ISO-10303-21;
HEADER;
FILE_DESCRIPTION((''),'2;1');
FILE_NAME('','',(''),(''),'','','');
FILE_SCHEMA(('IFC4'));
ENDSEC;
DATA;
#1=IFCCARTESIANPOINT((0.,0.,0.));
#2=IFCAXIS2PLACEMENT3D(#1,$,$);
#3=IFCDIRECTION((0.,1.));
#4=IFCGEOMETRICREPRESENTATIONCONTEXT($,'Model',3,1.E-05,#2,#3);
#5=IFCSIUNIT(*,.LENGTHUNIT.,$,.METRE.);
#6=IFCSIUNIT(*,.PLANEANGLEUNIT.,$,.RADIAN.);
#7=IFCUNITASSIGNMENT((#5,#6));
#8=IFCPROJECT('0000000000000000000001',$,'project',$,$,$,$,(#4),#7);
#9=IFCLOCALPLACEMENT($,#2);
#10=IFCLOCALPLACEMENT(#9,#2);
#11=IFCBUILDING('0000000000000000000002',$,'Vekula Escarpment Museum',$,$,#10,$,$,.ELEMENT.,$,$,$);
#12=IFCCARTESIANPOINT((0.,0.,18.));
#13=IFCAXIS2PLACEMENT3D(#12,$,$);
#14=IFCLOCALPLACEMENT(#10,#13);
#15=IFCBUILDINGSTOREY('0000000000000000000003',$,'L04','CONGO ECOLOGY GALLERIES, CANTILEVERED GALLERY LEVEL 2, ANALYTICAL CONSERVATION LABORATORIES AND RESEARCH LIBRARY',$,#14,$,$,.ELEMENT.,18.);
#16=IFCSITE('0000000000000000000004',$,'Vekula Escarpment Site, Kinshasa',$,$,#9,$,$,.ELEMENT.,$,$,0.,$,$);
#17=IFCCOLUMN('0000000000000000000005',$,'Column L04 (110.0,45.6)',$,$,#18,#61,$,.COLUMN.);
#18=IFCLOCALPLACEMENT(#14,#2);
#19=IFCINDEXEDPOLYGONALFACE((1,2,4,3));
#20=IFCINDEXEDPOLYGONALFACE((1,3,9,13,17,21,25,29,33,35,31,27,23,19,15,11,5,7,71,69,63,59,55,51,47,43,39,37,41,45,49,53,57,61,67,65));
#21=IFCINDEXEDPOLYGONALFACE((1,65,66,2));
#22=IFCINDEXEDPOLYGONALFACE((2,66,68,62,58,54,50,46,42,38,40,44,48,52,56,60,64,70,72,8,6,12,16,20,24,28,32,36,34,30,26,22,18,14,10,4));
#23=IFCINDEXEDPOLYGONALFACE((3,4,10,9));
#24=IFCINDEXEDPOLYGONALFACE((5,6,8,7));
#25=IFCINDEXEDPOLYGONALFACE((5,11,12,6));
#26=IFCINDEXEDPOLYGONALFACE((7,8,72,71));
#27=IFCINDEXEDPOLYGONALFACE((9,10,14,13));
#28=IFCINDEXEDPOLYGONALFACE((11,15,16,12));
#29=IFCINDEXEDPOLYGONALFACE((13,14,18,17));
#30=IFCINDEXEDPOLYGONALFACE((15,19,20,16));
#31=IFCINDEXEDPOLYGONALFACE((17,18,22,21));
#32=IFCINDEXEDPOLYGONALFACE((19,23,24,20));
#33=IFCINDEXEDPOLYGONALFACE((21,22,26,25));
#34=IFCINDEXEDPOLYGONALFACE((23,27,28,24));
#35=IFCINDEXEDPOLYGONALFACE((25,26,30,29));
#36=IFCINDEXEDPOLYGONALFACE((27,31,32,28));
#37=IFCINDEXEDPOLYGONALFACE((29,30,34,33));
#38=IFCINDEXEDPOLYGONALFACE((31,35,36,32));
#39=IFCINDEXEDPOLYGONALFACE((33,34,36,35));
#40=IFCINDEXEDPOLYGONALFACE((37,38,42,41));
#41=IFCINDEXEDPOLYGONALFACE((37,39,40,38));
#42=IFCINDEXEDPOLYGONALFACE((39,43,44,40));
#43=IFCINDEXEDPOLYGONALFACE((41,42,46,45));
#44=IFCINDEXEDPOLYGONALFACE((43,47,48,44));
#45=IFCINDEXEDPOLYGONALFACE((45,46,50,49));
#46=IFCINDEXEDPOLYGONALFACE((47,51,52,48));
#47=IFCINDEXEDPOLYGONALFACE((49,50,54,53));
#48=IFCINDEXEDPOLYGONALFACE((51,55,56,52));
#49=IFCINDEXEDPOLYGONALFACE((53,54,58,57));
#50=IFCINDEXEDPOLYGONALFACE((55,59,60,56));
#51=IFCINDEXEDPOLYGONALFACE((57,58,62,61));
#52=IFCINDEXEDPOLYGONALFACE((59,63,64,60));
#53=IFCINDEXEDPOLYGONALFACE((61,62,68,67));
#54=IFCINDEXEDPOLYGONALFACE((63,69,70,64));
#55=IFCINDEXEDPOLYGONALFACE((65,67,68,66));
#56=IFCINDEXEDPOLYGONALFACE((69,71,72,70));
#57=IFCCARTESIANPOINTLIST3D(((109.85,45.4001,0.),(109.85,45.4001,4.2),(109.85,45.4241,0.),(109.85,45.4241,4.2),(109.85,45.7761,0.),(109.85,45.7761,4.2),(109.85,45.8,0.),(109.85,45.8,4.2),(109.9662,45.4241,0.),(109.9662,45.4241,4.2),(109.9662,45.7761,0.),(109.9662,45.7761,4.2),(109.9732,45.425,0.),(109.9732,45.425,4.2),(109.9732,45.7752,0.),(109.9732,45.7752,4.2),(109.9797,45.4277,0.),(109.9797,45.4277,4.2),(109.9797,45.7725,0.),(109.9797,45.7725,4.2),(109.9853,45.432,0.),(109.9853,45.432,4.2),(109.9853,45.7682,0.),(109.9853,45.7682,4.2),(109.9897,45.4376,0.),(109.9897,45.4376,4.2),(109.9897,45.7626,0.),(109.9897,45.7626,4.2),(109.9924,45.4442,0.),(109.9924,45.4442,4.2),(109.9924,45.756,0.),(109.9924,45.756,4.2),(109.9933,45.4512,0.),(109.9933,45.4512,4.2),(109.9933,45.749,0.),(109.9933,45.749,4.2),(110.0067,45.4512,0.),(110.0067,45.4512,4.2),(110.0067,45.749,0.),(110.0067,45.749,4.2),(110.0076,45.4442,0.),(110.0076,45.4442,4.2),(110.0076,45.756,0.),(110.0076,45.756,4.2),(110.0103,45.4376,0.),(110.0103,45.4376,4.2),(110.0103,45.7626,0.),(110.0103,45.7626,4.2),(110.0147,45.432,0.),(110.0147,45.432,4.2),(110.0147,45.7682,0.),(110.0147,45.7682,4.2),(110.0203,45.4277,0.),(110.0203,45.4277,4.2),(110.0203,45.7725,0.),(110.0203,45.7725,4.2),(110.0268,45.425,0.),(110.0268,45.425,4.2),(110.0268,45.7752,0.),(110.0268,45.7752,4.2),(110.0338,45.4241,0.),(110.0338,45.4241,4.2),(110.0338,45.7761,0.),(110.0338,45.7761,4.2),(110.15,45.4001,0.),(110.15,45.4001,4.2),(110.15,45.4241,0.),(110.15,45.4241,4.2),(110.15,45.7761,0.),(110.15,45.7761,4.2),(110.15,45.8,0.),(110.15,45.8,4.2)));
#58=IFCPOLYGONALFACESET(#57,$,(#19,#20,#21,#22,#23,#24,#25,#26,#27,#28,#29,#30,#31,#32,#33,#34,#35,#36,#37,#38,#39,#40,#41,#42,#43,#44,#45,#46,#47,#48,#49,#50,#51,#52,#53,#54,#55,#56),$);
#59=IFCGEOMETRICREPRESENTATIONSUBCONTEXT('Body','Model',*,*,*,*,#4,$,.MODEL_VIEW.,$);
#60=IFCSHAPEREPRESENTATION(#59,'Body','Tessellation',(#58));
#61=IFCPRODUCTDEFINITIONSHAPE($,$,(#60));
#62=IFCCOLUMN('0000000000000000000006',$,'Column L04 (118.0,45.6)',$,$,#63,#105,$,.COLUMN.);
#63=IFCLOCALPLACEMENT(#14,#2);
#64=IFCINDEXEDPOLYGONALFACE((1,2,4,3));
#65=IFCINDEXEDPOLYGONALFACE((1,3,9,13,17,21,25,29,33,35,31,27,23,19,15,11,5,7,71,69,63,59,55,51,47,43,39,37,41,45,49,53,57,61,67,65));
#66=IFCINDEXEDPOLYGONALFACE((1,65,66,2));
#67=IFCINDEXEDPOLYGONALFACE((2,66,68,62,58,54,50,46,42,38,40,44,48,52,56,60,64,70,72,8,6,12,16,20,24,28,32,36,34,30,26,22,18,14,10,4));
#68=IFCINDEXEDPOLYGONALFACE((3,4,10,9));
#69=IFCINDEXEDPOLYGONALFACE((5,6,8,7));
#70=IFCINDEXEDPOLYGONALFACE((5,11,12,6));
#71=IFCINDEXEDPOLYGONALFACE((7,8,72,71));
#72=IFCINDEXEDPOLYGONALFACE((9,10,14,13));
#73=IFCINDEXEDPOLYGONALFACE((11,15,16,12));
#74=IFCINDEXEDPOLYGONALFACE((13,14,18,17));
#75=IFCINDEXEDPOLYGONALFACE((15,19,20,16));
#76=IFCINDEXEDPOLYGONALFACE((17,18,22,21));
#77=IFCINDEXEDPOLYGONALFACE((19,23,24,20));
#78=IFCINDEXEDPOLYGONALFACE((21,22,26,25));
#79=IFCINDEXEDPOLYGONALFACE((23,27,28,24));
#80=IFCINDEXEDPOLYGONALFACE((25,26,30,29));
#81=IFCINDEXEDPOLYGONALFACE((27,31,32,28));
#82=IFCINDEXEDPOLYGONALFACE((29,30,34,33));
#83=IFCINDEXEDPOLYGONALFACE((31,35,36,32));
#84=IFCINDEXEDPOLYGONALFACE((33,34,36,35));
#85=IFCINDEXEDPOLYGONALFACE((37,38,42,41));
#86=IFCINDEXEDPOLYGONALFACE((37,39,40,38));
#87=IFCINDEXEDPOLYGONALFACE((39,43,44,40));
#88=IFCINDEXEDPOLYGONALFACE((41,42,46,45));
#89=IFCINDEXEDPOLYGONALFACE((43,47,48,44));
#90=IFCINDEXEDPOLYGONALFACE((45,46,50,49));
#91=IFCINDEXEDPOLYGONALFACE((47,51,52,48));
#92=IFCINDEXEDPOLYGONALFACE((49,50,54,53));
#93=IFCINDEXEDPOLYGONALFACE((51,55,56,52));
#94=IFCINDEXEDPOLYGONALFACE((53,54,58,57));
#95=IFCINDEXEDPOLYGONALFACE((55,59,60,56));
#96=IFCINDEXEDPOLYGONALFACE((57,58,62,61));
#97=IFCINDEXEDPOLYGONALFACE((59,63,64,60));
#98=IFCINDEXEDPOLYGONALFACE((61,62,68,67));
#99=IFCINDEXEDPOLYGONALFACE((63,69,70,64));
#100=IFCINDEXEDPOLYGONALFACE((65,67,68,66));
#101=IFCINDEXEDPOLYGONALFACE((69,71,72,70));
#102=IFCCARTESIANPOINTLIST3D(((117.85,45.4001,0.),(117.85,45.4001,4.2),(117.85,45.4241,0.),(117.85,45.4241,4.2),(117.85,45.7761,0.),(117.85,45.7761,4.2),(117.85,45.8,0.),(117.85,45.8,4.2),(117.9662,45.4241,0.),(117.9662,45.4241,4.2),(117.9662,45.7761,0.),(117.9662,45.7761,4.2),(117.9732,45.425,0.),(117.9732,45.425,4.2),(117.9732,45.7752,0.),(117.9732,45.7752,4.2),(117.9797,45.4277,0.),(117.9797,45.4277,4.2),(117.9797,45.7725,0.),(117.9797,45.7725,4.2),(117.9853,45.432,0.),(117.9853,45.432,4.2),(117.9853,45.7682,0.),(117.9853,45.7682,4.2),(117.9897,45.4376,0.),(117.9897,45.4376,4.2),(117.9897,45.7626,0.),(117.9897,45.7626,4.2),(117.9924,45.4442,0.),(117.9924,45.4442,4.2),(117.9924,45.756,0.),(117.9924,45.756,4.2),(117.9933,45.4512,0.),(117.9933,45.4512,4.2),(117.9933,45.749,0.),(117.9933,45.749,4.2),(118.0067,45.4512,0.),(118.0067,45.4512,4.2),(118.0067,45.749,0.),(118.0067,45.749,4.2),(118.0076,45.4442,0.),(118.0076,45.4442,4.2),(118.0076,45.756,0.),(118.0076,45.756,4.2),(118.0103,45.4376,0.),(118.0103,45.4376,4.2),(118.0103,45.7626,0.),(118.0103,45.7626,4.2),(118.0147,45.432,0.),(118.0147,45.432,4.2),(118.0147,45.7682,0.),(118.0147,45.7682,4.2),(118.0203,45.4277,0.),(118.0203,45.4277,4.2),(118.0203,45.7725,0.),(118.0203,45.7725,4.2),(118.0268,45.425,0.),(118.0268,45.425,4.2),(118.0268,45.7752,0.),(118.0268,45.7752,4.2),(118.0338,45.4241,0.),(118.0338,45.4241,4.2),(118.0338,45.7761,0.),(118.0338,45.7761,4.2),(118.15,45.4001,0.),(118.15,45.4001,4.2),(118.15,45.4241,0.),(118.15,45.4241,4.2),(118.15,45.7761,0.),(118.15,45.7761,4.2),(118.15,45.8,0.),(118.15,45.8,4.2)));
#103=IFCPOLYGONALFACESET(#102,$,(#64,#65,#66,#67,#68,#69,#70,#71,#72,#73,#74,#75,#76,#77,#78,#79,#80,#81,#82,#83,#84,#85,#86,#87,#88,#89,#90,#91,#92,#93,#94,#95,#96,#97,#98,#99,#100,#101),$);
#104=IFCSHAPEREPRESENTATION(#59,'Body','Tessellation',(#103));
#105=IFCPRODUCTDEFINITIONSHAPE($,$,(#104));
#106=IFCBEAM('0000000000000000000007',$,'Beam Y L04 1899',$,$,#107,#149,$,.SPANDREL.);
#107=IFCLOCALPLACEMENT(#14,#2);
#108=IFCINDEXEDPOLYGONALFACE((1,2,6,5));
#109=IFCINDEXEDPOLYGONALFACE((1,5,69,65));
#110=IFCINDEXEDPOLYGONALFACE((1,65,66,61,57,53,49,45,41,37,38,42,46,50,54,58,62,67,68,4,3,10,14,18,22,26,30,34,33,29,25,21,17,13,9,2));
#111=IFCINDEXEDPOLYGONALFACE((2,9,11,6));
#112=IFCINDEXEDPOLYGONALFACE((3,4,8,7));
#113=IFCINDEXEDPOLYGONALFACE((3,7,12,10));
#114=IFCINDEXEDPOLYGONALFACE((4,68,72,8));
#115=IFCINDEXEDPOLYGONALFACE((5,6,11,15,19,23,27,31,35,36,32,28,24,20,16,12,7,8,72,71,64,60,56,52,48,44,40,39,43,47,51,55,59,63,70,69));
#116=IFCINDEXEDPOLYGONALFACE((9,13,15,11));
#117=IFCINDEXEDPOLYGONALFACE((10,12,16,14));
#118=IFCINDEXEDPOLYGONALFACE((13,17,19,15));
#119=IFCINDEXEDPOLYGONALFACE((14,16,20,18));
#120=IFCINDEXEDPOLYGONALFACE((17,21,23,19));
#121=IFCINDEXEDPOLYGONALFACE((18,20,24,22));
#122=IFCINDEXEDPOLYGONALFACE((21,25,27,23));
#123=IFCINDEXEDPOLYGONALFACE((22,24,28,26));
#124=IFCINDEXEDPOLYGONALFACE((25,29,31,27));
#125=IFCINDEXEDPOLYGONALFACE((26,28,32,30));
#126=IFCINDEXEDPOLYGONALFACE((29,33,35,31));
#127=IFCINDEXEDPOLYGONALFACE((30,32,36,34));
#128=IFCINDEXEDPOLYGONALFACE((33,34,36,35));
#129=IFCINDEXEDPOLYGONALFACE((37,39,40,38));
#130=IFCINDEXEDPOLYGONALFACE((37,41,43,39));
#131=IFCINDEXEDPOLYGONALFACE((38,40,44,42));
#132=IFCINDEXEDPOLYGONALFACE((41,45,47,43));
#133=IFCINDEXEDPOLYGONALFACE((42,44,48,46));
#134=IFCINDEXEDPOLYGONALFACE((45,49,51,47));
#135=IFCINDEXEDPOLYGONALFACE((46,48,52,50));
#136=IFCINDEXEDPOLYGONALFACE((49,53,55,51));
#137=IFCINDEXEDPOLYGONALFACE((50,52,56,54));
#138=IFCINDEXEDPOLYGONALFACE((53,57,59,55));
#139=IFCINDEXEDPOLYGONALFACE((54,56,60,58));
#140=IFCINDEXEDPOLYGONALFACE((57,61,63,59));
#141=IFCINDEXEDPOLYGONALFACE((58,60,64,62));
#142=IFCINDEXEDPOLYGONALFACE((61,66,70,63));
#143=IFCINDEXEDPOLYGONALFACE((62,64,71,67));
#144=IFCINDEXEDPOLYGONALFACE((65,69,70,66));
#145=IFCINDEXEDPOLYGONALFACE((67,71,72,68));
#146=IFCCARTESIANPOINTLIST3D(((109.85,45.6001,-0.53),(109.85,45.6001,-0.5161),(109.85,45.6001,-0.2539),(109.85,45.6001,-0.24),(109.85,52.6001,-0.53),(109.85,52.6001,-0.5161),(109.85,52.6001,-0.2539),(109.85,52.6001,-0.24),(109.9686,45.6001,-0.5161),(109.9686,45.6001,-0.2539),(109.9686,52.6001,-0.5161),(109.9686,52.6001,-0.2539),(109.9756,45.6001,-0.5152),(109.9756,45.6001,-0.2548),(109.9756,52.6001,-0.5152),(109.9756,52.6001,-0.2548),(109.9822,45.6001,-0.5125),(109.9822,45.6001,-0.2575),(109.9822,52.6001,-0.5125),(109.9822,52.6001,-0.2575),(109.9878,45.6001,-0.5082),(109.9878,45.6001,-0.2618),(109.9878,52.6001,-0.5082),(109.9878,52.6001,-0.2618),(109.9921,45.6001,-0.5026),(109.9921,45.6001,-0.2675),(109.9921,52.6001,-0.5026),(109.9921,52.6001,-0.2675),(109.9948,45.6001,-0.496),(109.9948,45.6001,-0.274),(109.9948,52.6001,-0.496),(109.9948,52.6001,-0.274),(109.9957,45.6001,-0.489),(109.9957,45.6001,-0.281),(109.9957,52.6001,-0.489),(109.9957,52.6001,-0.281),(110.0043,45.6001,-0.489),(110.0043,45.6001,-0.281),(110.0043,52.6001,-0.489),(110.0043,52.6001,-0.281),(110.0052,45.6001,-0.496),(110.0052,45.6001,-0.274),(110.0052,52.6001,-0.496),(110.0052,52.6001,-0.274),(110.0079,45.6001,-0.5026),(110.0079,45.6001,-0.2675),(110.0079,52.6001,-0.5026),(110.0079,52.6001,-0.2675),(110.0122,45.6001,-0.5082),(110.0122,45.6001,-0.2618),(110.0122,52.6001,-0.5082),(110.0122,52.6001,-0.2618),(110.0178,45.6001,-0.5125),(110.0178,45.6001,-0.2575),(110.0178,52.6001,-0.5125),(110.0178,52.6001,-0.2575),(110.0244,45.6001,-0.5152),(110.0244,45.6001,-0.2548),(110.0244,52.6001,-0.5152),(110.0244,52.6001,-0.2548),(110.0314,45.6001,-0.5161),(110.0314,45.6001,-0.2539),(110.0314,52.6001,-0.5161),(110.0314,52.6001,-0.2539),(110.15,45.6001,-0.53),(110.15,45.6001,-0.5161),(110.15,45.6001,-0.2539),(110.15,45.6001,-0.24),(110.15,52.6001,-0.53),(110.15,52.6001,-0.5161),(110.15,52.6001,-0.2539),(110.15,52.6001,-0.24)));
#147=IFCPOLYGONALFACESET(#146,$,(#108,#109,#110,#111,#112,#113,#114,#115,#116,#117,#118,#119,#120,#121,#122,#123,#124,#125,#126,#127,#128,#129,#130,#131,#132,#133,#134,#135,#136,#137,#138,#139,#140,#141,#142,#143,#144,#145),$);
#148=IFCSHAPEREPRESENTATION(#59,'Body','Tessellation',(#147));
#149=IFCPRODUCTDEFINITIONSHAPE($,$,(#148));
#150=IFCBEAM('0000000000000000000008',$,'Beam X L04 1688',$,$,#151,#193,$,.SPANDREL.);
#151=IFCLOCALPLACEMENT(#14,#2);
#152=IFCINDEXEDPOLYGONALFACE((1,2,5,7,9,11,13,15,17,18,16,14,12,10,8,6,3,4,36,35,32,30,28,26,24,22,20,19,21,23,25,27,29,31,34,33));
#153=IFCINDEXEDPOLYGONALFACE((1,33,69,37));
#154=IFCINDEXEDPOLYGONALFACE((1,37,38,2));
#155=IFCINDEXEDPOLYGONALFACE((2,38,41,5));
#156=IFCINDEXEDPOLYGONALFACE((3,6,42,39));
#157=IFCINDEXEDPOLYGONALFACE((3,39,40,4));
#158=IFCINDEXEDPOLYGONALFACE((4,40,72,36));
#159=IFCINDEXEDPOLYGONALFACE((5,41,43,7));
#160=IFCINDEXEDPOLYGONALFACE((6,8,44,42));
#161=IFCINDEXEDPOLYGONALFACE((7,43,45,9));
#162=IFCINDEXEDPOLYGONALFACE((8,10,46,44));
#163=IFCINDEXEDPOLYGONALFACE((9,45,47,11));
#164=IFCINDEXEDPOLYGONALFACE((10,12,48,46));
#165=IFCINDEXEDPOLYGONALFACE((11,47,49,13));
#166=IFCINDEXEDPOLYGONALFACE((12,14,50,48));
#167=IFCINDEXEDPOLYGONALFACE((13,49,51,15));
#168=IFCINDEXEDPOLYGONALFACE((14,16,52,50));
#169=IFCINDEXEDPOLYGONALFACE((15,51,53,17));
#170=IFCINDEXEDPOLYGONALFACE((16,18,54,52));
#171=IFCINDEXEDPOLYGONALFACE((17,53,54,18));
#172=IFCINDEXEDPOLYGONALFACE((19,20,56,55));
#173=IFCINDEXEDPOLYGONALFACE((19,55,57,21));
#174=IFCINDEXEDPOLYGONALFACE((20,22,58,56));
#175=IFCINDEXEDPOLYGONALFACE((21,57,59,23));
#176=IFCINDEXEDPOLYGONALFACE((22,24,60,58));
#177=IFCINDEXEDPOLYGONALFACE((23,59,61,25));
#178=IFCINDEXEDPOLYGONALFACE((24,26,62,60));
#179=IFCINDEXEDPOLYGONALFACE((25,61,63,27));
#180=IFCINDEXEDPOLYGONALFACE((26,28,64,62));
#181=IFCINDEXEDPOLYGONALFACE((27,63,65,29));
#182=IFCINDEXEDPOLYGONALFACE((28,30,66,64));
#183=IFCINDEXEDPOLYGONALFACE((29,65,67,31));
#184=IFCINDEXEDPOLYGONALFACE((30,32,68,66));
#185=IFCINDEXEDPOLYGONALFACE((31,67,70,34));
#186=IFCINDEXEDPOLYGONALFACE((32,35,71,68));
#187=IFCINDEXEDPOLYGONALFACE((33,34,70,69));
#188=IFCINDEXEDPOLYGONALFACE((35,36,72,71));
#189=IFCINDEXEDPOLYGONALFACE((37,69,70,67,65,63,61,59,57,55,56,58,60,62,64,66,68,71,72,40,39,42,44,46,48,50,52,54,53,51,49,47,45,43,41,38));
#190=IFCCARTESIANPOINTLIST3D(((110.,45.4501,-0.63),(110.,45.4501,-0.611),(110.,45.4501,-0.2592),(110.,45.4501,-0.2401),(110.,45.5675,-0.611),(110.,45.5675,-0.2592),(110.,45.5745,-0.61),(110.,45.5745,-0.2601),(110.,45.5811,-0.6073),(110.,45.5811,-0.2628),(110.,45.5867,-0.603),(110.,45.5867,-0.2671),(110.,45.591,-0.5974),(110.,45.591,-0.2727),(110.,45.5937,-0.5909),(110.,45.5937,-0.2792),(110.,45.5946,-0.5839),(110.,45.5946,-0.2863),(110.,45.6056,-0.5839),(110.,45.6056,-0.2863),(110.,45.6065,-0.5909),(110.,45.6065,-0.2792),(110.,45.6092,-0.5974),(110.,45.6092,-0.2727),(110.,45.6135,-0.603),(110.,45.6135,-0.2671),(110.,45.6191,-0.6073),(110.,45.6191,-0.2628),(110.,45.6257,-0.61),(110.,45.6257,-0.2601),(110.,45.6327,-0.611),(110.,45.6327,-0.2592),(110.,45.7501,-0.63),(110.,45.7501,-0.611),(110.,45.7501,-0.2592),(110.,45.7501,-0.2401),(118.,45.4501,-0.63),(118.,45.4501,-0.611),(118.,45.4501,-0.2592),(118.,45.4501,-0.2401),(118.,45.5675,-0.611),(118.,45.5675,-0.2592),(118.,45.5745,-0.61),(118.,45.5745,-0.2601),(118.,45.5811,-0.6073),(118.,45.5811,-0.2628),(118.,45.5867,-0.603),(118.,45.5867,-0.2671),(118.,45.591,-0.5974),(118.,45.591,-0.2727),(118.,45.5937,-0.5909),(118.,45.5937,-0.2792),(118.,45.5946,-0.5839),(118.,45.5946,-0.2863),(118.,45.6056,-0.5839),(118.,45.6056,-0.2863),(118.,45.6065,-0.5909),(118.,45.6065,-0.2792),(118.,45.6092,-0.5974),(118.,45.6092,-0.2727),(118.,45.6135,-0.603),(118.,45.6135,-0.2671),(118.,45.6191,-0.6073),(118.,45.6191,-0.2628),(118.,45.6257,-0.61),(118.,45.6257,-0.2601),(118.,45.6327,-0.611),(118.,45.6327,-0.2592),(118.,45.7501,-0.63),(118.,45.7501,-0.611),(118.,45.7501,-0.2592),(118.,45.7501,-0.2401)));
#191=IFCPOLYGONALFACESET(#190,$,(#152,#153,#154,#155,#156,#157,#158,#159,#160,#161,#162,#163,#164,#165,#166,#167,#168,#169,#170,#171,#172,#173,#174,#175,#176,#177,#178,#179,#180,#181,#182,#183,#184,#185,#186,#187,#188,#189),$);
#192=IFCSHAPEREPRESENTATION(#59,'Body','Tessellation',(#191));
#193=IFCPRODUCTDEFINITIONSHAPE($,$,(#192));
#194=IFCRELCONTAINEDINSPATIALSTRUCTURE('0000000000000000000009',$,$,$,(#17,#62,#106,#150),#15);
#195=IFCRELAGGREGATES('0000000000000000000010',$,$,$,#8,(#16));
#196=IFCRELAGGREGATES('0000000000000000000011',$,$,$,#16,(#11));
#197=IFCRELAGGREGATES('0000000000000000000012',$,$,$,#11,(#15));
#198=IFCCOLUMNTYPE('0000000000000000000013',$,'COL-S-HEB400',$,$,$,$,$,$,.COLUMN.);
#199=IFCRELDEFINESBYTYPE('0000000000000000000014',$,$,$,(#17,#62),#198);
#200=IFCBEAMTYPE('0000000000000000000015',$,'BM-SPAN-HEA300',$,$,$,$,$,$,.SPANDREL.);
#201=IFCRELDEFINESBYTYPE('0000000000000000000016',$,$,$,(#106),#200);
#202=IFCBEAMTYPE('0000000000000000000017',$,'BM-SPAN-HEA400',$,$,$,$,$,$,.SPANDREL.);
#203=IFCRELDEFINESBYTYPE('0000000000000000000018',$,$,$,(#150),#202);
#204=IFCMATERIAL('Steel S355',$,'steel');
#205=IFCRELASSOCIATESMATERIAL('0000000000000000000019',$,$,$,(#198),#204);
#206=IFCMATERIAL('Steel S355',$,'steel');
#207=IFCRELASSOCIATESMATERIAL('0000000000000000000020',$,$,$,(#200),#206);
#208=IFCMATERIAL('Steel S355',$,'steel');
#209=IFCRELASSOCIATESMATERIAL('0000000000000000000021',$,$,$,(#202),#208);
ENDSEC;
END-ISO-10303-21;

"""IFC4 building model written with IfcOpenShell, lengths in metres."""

from ifc_helpers import new_model, si_unit, direction, frame, origin, origin_2d, place, context, subcontext, project, spatial, i_section, extrude, material, material_profile, profile_set, type_object, element, save


model = new_model("IFC4")

# Units and contexts
model_context = context("Model", 3, precision=1e-05, world=origin(), true_north=direction((0.0, 1.0)))
body_context = subcontext(model_context, "Body", "Model", "MODEL_VIEW")
ifc_project = project(units=[si_unit("LENGTHUNIT", "METRE"), si_unit("PLANEANGLEUNIT", "RADIAN")], contexts=[model_context])

# Site, building, storey
site_placement = place(None, origin())
site = spatial("IfcSite", under=ifc_project, at=site_placement, Name="Vekula Escarpment Site, Kinshasa", CompositionType="ELEMENT", RefElevation=0.0)
building_placement = place(site_placement, origin())
building = spatial("IfcBuilding", under=site, at=building_placement, Name="Vekula Escarpment Museum", CompositionType="ELEMENT")
storey_placement = place(building_placement, frame((0.0, 0.0, 18.0)))
storey = spatial("IfcBuildingStorey", under=building, at=storey_placement, Name="L04", Description="CONGO ECOLOGY GALLERIES, CANTILEVERED GALLERY LEVEL 2, ANALYTICAL CONSERVATION LABORATORIES AND RESEARCH LIBRARY", CompositionType="ELEMENT", Elevation=18.0)

# Columns
ifc_material_1 = material(Name="Steel S355", Category="steel")
ifc_material_profile_1 = material_profile(ifc_material_1, i_section(OverallWidth=0.3, OverallDepth=0.3999, WebThickness=0.0134, FlangeThickness=0.0239, FilletRadius=0.0271, at=origin_2d()), Name="HEB 400")
ifc_profile_set_1 = profile_set([ifc_material_profile_1], Name="Steel S355")
column_type = type_object("IfcColumnType", Name="COL-S-HEB400", PredefinedType="COLUMN", material=ifc_profile_set_1)
for number, where, z_axis, x_axis, name in (
    (1, (110.0, 45.6001, 0.0), (0.0, 0.0, 1.0), (1.0, 0.0, 0.0), "Column L04 (110.0,45.6)"),
    (2, (118.0, 45.6001, 0.0), (0.0, 0.0, 1.0), (1.0, 0.0, 0.0), "Column L04 (118.0,45.6)"),
):
    element("IfcColumn", number, at=place(storey_placement, frame(where, z_axis=z_axis, x_axis=x_axis)), inside=storey, type_object=column_type, Name=name, PredefinedType="COLUMN", context=body_context, shape_type="SweptSolid", body=[
        extrude(i_section(OverallWidth=0.3, OverallDepth=0.3999, WebThickness=0.0134, FlangeThickness=0.0239, FilletRadius=0.0271, at=origin_2d()), origin(), (0.0, 0.0, 1.0), 4.2),
    ])

# Beams
ifc_material_2 = material(Name="Steel S355", Category="steel")
ifc_material_profile_2 = material_profile(ifc_material_2, i_section(OverallWidth=0.3, OverallDepth=0.29, WebThickness=0.0085, FlangeThickness=0.0139, FilletRadius=0.0271, at=origin_2d()), Name="HEA 300")
ifc_profile_set_2 = profile_set([ifc_material_profile_2], Name="Steel S355")
beam_type_1 = type_object("IfcBeamType", Name="BM-SPAN-HEA300", PredefinedType="SPANDREL", material=ifc_profile_set_2)
beam_1_placement = place(storey_placement, frame((110.0, 45.6001, -0.385), z_axis=(0.0, 1.0, 0.0), x_axis=(-1.0, 0.0, 0.0)))
element("IfcBeam", 3, at=beam_1_placement, inside=storey, type_object=beam_type_1, Name="Beam Y L04 1899", PredefinedType="SPANDREL", context=body_context, shape_type="SweptSolid", body=[
    extrude(i_section(OverallWidth=0.3, OverallDepth=0.29, WebThickness=0.0085, FlangeThickness=0.0139, FilletRadius=0.0271, at=origin_2d()), origin(), (0.0, 0.0, 1.0), 7.0),
])
ifc_material_3 = material(Name="Steel S355", Category="steel")
ifc_material_profile_3 = material_profile(ifc_material_3, i_section(OverallWidth=0.3, OverallDepth=0.3899, WebThickness=0.011, FlangeThickness=0.019, FilletRadius=0.0271, at=origin_2d()), Name="HEA 400")
ifc_profile_set_3 = profile_set([ifc_material_profile_3], Name="Steel S355")
beam_type_2 = type_object("IfcBeamType", Name="BM-SPAN-HEA400", PredefinedType="SPANDREL", material=ifc_profile_set_3)
beam_2_placement = place(storey_placement, frame((110.0, 45.6001, -0.4351), z_axis=(1.0, 0.0, 0.0), x_axis=(0.0, 1.0, 0.0)))
element("IfcBeam", 4, at=beam_2_placement, inside=storey, type_object=beam_type_2, Name="Beam X L04 1688", PredefinedType="SPANDREL", context=body_context, shape_type="SweptSolid", body=[
    extrude(i_section(OverallWidth=0.3, OverallDepth=0.3899, WebThickness=0.011, FlangeThickness=0.019, FilletRadius=0.0271, at=origin_2d()), origin(), (0.0, 0.0, 1.0), 8.0),
])

save(model, "model.ifc")
